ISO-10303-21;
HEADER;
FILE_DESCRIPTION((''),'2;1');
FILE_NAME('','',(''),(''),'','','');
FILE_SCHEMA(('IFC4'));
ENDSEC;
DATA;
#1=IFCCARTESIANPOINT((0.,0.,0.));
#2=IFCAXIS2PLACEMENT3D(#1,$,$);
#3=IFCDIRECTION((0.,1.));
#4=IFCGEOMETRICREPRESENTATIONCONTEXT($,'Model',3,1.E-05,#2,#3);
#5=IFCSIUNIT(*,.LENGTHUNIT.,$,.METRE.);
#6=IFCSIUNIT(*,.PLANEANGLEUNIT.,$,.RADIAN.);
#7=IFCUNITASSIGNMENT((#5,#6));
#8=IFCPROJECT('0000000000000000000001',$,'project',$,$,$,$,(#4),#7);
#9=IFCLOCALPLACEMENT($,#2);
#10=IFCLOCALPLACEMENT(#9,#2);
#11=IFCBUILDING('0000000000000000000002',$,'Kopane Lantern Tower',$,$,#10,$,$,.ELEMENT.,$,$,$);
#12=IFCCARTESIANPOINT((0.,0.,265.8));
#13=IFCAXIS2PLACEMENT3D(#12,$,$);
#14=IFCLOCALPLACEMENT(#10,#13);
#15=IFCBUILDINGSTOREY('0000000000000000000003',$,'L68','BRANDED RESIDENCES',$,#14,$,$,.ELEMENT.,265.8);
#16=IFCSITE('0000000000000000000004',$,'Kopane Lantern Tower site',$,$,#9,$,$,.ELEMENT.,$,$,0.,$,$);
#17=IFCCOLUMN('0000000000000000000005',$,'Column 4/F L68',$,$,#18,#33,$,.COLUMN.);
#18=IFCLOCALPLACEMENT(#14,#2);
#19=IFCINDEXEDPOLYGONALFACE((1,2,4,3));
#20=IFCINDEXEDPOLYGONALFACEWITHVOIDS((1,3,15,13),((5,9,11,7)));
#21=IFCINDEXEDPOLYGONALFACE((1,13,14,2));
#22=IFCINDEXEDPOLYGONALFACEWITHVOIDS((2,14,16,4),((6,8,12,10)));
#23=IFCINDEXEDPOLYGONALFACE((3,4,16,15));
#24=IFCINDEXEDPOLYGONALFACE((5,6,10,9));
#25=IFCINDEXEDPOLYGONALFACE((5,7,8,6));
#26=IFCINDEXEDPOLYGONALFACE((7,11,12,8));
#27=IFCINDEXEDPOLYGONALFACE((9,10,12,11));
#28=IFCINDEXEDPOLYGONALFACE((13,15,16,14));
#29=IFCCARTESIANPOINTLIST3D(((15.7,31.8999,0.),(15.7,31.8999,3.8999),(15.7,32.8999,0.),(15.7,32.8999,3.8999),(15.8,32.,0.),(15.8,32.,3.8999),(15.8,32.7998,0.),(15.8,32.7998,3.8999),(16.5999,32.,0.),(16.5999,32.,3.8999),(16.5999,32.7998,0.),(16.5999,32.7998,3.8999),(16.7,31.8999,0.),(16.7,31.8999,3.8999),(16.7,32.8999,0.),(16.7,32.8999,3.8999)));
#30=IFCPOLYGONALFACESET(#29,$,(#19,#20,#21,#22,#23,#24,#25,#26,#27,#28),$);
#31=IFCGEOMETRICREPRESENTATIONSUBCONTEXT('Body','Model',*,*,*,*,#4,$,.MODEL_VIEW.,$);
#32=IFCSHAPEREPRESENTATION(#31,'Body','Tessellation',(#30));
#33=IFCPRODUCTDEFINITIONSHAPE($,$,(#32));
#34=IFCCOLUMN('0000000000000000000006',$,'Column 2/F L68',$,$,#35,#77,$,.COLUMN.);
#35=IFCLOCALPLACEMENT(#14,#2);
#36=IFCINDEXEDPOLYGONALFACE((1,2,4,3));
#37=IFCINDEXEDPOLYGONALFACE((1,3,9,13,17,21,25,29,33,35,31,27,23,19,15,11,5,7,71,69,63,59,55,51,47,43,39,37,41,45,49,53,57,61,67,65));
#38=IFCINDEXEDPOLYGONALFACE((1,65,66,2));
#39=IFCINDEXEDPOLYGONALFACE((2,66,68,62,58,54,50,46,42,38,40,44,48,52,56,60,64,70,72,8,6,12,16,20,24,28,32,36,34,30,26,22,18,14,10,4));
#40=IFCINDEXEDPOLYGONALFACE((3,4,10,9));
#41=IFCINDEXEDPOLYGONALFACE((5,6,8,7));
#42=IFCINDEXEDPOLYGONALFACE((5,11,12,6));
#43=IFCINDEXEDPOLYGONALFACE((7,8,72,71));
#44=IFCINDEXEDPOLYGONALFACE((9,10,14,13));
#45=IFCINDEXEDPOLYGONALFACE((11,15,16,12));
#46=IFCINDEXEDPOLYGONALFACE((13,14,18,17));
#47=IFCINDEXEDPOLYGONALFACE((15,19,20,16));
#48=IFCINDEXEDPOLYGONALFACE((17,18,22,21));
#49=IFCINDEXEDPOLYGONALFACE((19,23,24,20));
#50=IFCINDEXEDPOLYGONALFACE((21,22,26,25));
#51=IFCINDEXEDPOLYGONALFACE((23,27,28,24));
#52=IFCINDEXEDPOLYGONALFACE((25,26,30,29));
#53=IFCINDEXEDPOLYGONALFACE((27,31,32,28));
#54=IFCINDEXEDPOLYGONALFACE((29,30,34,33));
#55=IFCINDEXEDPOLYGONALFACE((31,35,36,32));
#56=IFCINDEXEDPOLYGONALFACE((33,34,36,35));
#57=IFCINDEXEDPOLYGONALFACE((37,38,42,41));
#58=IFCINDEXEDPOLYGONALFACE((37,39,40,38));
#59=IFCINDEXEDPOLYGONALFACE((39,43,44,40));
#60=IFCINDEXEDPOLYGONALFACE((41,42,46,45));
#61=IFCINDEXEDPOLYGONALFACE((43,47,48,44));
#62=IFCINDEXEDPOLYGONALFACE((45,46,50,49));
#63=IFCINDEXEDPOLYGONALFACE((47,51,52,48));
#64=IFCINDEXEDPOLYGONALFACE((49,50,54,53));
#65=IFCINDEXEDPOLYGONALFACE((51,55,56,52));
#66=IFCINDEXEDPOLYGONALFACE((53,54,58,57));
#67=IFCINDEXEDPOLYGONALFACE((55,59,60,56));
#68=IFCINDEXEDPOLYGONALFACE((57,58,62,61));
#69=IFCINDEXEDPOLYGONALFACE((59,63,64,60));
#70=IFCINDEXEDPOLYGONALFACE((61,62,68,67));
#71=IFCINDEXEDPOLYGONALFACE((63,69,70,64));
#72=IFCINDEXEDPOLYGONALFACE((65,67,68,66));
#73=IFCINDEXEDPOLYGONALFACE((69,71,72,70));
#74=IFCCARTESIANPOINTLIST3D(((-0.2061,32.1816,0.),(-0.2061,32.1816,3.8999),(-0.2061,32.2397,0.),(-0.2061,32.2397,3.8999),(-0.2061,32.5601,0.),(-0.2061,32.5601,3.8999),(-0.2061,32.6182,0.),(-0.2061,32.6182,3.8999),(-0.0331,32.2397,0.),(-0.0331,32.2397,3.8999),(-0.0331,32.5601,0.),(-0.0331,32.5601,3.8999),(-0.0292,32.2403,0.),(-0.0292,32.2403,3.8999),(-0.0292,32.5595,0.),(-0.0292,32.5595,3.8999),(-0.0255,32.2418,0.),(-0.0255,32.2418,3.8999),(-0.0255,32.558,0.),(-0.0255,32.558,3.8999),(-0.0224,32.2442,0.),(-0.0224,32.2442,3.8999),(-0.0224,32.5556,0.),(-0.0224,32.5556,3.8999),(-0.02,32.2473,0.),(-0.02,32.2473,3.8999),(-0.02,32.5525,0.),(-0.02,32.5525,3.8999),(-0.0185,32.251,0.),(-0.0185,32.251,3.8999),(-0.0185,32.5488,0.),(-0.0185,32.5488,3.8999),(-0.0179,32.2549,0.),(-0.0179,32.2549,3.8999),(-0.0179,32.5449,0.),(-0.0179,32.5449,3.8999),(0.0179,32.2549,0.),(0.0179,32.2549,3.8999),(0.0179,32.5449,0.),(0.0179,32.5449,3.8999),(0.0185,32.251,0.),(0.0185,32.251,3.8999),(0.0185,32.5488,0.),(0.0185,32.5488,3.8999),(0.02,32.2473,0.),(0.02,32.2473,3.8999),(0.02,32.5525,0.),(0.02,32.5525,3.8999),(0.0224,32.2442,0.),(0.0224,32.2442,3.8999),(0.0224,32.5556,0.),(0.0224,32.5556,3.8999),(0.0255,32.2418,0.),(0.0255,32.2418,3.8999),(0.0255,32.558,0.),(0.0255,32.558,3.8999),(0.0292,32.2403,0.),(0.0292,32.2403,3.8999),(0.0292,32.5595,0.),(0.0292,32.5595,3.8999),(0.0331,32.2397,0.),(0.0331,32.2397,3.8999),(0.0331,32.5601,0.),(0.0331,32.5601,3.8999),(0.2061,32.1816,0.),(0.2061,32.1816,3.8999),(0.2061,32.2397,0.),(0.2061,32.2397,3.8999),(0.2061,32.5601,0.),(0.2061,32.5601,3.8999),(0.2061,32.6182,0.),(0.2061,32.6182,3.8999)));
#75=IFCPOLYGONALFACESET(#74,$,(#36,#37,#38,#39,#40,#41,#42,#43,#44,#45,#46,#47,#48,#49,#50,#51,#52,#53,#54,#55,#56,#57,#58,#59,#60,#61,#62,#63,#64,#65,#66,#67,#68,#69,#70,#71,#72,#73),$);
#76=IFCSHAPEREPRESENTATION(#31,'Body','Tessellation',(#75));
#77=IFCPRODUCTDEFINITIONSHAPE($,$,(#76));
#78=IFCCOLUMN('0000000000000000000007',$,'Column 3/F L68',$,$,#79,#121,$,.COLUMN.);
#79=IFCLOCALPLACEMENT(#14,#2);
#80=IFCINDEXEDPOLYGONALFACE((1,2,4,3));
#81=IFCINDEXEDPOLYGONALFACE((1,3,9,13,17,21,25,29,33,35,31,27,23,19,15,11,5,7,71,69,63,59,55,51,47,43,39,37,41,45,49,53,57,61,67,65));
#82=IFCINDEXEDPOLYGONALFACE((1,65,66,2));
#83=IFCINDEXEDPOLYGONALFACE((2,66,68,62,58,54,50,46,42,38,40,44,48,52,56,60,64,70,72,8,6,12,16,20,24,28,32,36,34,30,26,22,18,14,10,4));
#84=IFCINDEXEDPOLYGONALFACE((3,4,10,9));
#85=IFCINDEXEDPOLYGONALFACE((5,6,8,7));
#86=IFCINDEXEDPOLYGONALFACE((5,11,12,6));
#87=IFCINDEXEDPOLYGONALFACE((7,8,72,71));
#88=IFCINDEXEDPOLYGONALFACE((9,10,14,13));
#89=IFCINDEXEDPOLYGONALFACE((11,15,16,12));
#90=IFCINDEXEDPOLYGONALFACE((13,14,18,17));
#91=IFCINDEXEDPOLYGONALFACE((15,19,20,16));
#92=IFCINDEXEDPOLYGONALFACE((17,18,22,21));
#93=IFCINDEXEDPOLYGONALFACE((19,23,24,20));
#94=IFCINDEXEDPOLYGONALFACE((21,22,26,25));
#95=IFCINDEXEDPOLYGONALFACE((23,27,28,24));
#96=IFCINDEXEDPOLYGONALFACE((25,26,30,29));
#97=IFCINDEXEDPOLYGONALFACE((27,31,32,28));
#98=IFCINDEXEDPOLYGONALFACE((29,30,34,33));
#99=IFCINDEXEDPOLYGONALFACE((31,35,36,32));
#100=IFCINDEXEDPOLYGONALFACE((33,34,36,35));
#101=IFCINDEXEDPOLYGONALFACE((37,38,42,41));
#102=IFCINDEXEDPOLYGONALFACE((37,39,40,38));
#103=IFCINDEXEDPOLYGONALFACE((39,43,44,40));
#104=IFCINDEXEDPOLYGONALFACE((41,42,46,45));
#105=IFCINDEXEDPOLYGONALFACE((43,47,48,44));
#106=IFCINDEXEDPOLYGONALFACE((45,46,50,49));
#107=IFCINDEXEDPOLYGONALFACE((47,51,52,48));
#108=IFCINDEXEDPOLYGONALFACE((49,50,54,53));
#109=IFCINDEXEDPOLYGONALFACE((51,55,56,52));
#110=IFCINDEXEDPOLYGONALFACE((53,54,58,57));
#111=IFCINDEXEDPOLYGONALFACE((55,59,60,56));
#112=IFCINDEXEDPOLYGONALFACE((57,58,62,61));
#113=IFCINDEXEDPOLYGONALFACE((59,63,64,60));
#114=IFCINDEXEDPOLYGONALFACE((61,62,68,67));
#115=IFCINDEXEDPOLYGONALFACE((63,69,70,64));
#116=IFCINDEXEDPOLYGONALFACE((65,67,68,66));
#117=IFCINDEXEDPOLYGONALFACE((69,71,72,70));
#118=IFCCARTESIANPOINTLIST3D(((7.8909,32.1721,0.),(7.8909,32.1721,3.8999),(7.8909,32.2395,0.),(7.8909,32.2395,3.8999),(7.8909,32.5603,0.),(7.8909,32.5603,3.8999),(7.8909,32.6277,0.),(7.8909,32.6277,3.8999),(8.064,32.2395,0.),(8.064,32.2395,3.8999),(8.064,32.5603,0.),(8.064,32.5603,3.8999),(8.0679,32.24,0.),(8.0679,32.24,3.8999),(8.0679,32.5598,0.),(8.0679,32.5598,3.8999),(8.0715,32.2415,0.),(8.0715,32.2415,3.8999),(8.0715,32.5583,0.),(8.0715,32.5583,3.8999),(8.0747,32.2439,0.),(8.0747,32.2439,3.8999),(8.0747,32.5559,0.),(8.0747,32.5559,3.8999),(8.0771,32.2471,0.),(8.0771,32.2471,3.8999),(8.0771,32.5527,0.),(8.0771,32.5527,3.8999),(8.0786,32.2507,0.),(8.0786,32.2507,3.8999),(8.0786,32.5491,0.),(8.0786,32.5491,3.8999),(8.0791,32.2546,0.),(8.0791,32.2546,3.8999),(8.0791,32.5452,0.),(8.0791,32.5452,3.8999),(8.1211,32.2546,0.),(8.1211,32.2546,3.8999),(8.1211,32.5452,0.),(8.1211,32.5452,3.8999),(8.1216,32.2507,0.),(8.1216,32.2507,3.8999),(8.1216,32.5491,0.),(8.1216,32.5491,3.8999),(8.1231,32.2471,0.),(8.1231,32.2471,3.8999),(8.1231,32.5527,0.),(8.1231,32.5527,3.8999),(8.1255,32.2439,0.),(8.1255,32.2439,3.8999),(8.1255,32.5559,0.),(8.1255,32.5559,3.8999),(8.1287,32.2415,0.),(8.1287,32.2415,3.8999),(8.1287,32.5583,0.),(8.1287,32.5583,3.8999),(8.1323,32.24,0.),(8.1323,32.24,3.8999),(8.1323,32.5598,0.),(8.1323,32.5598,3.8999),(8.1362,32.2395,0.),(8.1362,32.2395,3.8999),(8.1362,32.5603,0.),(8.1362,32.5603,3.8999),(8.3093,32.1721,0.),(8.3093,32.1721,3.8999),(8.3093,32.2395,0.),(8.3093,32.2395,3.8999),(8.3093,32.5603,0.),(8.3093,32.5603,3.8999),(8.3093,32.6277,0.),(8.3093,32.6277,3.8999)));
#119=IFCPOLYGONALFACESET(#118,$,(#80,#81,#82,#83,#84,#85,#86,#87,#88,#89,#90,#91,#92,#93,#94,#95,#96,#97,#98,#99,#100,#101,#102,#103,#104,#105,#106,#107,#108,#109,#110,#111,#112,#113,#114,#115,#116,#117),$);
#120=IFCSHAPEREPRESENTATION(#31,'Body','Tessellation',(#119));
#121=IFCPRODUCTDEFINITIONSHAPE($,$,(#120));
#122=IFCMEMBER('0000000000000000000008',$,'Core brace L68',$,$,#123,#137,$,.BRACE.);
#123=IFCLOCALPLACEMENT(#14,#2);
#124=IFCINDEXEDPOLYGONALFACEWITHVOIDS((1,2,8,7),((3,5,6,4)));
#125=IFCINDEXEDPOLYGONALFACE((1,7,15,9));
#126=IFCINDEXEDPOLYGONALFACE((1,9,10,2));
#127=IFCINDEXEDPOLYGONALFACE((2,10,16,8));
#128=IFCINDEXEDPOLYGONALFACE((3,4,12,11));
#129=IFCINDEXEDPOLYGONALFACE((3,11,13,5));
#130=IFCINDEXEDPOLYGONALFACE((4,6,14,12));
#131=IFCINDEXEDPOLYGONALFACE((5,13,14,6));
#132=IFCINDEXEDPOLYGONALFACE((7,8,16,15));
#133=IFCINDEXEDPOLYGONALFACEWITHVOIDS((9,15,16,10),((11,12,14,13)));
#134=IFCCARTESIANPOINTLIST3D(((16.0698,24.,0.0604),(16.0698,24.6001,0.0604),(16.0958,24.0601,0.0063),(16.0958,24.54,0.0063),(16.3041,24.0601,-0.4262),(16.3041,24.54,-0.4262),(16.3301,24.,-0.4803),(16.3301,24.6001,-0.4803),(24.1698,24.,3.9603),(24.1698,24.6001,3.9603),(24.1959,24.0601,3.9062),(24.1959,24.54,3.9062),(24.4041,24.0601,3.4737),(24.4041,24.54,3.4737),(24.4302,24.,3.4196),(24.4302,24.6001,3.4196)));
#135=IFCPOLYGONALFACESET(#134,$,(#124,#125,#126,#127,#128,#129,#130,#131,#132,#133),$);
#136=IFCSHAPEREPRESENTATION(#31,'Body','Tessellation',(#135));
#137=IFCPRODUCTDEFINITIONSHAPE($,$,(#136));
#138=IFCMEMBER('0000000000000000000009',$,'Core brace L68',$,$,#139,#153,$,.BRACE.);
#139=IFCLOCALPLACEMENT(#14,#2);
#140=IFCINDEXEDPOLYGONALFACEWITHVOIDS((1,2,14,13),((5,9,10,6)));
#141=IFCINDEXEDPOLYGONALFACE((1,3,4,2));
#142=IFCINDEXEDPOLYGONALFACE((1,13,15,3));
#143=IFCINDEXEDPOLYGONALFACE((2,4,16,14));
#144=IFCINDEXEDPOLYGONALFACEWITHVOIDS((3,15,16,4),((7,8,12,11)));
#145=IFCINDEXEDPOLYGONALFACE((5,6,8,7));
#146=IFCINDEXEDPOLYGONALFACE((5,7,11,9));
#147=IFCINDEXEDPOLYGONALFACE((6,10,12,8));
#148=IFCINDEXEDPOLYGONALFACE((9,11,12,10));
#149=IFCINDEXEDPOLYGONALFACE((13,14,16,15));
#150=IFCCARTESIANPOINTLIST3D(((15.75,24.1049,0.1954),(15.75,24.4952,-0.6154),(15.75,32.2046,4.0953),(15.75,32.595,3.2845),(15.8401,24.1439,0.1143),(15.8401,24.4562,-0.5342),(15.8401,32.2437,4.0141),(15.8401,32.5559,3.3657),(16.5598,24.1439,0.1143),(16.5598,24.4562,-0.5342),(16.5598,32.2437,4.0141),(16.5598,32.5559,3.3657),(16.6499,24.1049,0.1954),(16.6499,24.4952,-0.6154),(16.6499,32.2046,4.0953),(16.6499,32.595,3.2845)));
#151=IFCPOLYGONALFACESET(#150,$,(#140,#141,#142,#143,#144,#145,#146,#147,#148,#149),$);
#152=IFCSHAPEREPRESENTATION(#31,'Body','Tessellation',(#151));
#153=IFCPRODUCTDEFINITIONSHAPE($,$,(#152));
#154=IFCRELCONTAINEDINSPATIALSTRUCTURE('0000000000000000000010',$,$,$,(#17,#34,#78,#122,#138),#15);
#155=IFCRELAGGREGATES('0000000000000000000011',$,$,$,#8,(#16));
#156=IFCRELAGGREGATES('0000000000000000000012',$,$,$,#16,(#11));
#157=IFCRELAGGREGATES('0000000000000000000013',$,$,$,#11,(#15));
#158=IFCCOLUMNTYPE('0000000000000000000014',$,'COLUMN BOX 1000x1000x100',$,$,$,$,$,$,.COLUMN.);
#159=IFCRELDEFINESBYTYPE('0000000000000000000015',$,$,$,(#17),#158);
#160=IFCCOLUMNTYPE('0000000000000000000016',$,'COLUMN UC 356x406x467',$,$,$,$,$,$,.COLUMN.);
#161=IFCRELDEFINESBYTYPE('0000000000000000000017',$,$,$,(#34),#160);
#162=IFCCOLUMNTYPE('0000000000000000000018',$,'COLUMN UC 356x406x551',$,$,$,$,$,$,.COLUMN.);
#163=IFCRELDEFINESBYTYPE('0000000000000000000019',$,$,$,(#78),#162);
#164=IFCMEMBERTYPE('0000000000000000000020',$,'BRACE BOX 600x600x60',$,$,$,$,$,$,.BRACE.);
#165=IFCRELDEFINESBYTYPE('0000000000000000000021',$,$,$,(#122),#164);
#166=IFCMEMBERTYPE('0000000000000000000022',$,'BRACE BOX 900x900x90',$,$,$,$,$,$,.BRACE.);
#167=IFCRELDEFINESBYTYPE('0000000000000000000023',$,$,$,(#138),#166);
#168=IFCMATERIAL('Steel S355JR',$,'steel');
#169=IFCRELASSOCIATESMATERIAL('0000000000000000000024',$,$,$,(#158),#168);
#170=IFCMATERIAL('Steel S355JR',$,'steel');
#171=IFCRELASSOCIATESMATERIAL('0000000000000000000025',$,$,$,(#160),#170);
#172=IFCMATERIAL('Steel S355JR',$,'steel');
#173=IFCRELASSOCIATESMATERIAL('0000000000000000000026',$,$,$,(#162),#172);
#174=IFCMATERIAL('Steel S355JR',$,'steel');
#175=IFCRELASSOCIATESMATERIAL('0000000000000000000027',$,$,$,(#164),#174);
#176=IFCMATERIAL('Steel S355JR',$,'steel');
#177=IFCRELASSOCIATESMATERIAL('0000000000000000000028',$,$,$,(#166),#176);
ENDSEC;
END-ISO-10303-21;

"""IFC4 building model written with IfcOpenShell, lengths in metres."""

from ifc_helpers import new_model, si_unit, direction, frame, origin, origin_2d, place, context, subcontext, project, spatial, hollow_rectangle, i_section, extrude, material, material_profile, profile_set, type_object, element, save


model = new_model("IFC4")

# Units and contexts
model_context = context("Model", 3, precision=1e-05, world=origin(), true_north=direction((0.0, 1.0)))
body_context = subcontext(model_context, "Body", "Model", "MODEL_VIEW")
ifc_project = project(units=[si_unit("LENGTHUNIT", "METRE"), si_unit("PLANEANGLEUNIT", "RADIAN")], contexts=[model_context])

# Site, building, storey
site_placement = place(None, origin())
site = spatial("IfcSite", under=ifc_project, at=site_placement, Name="Kopane Lantern Tower site", CompositionType="ELEMENT", RefElevation=0.0)
building_placement = place(site_placement, origin())
building = spatial("IfcBuilding", under=site, at=building_placement, Name="Kopane Lantern Tower", CompositionType="ELEMENT")
storey_placement = place(building_placement, frame((0.0, 0.0, 265.8)))
storey = spatial("IfcBuildingStorey", under=building, at=storey_placement, Name="L68", Description="BRANDED RESIDENCES", CompositionType="ELEMENT", Elevation=265.8)

# Columns
ifc_material_1 = material(Name="Steel S355JR", Category="steel")
ifc_material_profile_1 = material_profile(ifc_material_1, hollow_rectangle(XDim=1.0, YDim=1.0, WallThickness=0.1001, at=origin_2d()), Name="BOX 1000x1000x100")
ifc_profile_set_1 = profile_set([ifc_material_profile_1], Name="Steel S355JR")
column_type_1 = type_object("IfcColumnType", Name="COLUMN BOX 1000x1000x100", PredefinedType="COLUMN", material=ifc_profile_set_1)
column_1_placement = place(storey_placement, frame((16.2, 32.3999, 0.0), z_axis=(0.0, 0.0, 1.0), x_axis=(1.0, 0.0, 0.0)))
element("IfcColumn", 1, at=column_1_placement, inside=storey, type_object=column_type_1, Name="Column 4/F L68", PredefinedType="COLUMN", context=body_context, shape_type="SweptSolid", body=[
    extrude(hollow_rectangle(XDim=1.0, YDim=1.0, WallThickness=0.1001, at=origin_2d()), origin(), (0.0, 0.0, 1.0), 3.8999),
])
ifc_material_2 = material(Name="Steel S355JR", Category="steel")
ifc_material_profile_2 = material_profile(ifc_material_2, i_section(OverallWidth=0.4121, OverallDepth=0.4365, WebThickness=0.0359, FlangeThickness=0.0581, FilletRadius=0.0151, at=origin_2d()), Name="UC 356x406x467")
ifc_profile_set_2 = profile_set([ifc_material_profile_2], Name="Steel S355JR")
column_type_2 = type_object("IfcColumnType", Name="COLUMN UC 356x406x467", PredefinedType="COLUMN", material=ifc_profile_set_2)
column_2_placement = place(storey_placement, frame((0.0, 32.3999, 0.0), z_axis=(0.0, 0.0, 1.0), x_axis=(1.0, 0.0, 0.0)))
element("IfcColumn", 2, at=column_2_placement, inside=storey, type_object=column_type_2, Name="Column 2/F L68", PredefinedType="COLUMN", context=body_context, shape_type="SweptSolid", body=[
    extrude(i_section(OverallWidth=0.4121, OverallDepth=0.4365, WebThickness=0.0359, FlangeThickness=0.0581, FilletRadius=0.0151, at=origin_2d()), origin(), (0.0, 0.0, 1.0), 3.8999),
])
ifc_material_3 = material(Name="Steel S355JR", Category="steel")
ifc_material_profile_3 = material_profile(ifc_material_3, i_section(OverallWidth=0.4185, OverallDepth=0.4556, WebThickness=0.042, FlangeThickness=0.0674, FilletRadius=0.0151, at=origin_2d()), Name="UC 356x406x551")
ifc_profile_set_3 = profile_set([ifc_material_profile_3], Name="Steel S355JR")
column_type_3 = type_object("IfcColumnType", Name="COLUMN UC 356x406x551", PredefinedType="COLUMN", material=ifc_profile_set_3)
column_3_placement = place(storey_placement, frame((8.1001, 32.3999, 0.0), z_axis=(0.0, 0.0, 1.0), x_axis=(1.0, 0.0, 0.0)))
element("IfcColumn", 3, at=column_3_placement, inside=storey, type_object=column_type_3, Name="Column 3/F L68", PredefinedType="COLUMN", context=body_context, shape_type="SweptSolid", body=[
    extrude(i_section(OverallWidth=0.4185, OverallDepth=0.4556, WebThickness=0.042, FlangeThickness=0.0674, FilletRadius=0.0151, at=origin_2d()), origin(), (0.0, 0.0, 1.0), 3.8999),
])

# Members
ifc_material_4 = material(Name="Steel S355JR", Category="steel")
ifc_material_profile_4 = material_profile(ifc_material_4, hollow_rectangle(XDim=0.6001, YDim=0.6001, WallThickness=0.0601, at=origin_2d()), Name="BOX 600x600x60")
ifc_profile_set_4 = profile_set([ifc_material_profile_4], Name="Steel S355JR")
member_type_1 = type_object("IfcMemberType", Name="BRACE BOX 600x600x60", PredefinedType="BRACE", material=ifc_profile_set_4)
member_1_placement = place(storey_placement, frame((16.2, 24.3, -0.21), z_axis=(0.901008, 0.0, 0.433803), x_axis=(0.0, 1.0, 0.0)))
element("IfcMember", 4, at=member_1_placement, inside=storey, type_object=member_type_1, Name="Core brace L68", PredefinedType="BRACE", context=body_context, shape_type="SweptSolid", body=[
    extrude(hollow_rectangle(XDim=0.6001, YDim=0.6001, WallThickness=0.0601, at=origin_2d()), origin(), (0.0, 0.0, 1.0), 8.99),
])
ifc_material_5 = material(Name="Steel S355JR", Category="steel")
ifc_material_profile_5 = material_profile(ifc_material_5, hollow_rectangle(XDim=0.8999, YDim=0.8999, WallThickness=0.0901, at=origin_2d()), Name="BOX 900x900x90")
ifc_profile_set_5 = profile_set([ifc_material_profile_5], Name="Steel S355JR")
member_type_2 = type_object("IfcMemberType", Name="BRACE BOX 900x900x90", PredefinedType="BRACE", material=ifc_profile_set_5)
member_2_placement = place(storey_placement, frame((16.2, 24.3, -0.21), z_axis=(0.0, 0.901003, 0.433813), x_axis=(-1.0, 0.0, 0.0)))
element("IfcMember", 5, at=member_2_placement, inside=storey, type_object=member_type_2, Name="Core brace L68", PredefinedType="BRACE", context=body_context, shape_type="SweptSolid", body=[
    extrude(hollow_rectangle(XDim=0.8999, YDim=0.8999, WallThickness=0.0901, at=origin_2d()), origin(), (0.0, 0.0, 1.0), 8.9897),
])

save(model, "model.ifc")
